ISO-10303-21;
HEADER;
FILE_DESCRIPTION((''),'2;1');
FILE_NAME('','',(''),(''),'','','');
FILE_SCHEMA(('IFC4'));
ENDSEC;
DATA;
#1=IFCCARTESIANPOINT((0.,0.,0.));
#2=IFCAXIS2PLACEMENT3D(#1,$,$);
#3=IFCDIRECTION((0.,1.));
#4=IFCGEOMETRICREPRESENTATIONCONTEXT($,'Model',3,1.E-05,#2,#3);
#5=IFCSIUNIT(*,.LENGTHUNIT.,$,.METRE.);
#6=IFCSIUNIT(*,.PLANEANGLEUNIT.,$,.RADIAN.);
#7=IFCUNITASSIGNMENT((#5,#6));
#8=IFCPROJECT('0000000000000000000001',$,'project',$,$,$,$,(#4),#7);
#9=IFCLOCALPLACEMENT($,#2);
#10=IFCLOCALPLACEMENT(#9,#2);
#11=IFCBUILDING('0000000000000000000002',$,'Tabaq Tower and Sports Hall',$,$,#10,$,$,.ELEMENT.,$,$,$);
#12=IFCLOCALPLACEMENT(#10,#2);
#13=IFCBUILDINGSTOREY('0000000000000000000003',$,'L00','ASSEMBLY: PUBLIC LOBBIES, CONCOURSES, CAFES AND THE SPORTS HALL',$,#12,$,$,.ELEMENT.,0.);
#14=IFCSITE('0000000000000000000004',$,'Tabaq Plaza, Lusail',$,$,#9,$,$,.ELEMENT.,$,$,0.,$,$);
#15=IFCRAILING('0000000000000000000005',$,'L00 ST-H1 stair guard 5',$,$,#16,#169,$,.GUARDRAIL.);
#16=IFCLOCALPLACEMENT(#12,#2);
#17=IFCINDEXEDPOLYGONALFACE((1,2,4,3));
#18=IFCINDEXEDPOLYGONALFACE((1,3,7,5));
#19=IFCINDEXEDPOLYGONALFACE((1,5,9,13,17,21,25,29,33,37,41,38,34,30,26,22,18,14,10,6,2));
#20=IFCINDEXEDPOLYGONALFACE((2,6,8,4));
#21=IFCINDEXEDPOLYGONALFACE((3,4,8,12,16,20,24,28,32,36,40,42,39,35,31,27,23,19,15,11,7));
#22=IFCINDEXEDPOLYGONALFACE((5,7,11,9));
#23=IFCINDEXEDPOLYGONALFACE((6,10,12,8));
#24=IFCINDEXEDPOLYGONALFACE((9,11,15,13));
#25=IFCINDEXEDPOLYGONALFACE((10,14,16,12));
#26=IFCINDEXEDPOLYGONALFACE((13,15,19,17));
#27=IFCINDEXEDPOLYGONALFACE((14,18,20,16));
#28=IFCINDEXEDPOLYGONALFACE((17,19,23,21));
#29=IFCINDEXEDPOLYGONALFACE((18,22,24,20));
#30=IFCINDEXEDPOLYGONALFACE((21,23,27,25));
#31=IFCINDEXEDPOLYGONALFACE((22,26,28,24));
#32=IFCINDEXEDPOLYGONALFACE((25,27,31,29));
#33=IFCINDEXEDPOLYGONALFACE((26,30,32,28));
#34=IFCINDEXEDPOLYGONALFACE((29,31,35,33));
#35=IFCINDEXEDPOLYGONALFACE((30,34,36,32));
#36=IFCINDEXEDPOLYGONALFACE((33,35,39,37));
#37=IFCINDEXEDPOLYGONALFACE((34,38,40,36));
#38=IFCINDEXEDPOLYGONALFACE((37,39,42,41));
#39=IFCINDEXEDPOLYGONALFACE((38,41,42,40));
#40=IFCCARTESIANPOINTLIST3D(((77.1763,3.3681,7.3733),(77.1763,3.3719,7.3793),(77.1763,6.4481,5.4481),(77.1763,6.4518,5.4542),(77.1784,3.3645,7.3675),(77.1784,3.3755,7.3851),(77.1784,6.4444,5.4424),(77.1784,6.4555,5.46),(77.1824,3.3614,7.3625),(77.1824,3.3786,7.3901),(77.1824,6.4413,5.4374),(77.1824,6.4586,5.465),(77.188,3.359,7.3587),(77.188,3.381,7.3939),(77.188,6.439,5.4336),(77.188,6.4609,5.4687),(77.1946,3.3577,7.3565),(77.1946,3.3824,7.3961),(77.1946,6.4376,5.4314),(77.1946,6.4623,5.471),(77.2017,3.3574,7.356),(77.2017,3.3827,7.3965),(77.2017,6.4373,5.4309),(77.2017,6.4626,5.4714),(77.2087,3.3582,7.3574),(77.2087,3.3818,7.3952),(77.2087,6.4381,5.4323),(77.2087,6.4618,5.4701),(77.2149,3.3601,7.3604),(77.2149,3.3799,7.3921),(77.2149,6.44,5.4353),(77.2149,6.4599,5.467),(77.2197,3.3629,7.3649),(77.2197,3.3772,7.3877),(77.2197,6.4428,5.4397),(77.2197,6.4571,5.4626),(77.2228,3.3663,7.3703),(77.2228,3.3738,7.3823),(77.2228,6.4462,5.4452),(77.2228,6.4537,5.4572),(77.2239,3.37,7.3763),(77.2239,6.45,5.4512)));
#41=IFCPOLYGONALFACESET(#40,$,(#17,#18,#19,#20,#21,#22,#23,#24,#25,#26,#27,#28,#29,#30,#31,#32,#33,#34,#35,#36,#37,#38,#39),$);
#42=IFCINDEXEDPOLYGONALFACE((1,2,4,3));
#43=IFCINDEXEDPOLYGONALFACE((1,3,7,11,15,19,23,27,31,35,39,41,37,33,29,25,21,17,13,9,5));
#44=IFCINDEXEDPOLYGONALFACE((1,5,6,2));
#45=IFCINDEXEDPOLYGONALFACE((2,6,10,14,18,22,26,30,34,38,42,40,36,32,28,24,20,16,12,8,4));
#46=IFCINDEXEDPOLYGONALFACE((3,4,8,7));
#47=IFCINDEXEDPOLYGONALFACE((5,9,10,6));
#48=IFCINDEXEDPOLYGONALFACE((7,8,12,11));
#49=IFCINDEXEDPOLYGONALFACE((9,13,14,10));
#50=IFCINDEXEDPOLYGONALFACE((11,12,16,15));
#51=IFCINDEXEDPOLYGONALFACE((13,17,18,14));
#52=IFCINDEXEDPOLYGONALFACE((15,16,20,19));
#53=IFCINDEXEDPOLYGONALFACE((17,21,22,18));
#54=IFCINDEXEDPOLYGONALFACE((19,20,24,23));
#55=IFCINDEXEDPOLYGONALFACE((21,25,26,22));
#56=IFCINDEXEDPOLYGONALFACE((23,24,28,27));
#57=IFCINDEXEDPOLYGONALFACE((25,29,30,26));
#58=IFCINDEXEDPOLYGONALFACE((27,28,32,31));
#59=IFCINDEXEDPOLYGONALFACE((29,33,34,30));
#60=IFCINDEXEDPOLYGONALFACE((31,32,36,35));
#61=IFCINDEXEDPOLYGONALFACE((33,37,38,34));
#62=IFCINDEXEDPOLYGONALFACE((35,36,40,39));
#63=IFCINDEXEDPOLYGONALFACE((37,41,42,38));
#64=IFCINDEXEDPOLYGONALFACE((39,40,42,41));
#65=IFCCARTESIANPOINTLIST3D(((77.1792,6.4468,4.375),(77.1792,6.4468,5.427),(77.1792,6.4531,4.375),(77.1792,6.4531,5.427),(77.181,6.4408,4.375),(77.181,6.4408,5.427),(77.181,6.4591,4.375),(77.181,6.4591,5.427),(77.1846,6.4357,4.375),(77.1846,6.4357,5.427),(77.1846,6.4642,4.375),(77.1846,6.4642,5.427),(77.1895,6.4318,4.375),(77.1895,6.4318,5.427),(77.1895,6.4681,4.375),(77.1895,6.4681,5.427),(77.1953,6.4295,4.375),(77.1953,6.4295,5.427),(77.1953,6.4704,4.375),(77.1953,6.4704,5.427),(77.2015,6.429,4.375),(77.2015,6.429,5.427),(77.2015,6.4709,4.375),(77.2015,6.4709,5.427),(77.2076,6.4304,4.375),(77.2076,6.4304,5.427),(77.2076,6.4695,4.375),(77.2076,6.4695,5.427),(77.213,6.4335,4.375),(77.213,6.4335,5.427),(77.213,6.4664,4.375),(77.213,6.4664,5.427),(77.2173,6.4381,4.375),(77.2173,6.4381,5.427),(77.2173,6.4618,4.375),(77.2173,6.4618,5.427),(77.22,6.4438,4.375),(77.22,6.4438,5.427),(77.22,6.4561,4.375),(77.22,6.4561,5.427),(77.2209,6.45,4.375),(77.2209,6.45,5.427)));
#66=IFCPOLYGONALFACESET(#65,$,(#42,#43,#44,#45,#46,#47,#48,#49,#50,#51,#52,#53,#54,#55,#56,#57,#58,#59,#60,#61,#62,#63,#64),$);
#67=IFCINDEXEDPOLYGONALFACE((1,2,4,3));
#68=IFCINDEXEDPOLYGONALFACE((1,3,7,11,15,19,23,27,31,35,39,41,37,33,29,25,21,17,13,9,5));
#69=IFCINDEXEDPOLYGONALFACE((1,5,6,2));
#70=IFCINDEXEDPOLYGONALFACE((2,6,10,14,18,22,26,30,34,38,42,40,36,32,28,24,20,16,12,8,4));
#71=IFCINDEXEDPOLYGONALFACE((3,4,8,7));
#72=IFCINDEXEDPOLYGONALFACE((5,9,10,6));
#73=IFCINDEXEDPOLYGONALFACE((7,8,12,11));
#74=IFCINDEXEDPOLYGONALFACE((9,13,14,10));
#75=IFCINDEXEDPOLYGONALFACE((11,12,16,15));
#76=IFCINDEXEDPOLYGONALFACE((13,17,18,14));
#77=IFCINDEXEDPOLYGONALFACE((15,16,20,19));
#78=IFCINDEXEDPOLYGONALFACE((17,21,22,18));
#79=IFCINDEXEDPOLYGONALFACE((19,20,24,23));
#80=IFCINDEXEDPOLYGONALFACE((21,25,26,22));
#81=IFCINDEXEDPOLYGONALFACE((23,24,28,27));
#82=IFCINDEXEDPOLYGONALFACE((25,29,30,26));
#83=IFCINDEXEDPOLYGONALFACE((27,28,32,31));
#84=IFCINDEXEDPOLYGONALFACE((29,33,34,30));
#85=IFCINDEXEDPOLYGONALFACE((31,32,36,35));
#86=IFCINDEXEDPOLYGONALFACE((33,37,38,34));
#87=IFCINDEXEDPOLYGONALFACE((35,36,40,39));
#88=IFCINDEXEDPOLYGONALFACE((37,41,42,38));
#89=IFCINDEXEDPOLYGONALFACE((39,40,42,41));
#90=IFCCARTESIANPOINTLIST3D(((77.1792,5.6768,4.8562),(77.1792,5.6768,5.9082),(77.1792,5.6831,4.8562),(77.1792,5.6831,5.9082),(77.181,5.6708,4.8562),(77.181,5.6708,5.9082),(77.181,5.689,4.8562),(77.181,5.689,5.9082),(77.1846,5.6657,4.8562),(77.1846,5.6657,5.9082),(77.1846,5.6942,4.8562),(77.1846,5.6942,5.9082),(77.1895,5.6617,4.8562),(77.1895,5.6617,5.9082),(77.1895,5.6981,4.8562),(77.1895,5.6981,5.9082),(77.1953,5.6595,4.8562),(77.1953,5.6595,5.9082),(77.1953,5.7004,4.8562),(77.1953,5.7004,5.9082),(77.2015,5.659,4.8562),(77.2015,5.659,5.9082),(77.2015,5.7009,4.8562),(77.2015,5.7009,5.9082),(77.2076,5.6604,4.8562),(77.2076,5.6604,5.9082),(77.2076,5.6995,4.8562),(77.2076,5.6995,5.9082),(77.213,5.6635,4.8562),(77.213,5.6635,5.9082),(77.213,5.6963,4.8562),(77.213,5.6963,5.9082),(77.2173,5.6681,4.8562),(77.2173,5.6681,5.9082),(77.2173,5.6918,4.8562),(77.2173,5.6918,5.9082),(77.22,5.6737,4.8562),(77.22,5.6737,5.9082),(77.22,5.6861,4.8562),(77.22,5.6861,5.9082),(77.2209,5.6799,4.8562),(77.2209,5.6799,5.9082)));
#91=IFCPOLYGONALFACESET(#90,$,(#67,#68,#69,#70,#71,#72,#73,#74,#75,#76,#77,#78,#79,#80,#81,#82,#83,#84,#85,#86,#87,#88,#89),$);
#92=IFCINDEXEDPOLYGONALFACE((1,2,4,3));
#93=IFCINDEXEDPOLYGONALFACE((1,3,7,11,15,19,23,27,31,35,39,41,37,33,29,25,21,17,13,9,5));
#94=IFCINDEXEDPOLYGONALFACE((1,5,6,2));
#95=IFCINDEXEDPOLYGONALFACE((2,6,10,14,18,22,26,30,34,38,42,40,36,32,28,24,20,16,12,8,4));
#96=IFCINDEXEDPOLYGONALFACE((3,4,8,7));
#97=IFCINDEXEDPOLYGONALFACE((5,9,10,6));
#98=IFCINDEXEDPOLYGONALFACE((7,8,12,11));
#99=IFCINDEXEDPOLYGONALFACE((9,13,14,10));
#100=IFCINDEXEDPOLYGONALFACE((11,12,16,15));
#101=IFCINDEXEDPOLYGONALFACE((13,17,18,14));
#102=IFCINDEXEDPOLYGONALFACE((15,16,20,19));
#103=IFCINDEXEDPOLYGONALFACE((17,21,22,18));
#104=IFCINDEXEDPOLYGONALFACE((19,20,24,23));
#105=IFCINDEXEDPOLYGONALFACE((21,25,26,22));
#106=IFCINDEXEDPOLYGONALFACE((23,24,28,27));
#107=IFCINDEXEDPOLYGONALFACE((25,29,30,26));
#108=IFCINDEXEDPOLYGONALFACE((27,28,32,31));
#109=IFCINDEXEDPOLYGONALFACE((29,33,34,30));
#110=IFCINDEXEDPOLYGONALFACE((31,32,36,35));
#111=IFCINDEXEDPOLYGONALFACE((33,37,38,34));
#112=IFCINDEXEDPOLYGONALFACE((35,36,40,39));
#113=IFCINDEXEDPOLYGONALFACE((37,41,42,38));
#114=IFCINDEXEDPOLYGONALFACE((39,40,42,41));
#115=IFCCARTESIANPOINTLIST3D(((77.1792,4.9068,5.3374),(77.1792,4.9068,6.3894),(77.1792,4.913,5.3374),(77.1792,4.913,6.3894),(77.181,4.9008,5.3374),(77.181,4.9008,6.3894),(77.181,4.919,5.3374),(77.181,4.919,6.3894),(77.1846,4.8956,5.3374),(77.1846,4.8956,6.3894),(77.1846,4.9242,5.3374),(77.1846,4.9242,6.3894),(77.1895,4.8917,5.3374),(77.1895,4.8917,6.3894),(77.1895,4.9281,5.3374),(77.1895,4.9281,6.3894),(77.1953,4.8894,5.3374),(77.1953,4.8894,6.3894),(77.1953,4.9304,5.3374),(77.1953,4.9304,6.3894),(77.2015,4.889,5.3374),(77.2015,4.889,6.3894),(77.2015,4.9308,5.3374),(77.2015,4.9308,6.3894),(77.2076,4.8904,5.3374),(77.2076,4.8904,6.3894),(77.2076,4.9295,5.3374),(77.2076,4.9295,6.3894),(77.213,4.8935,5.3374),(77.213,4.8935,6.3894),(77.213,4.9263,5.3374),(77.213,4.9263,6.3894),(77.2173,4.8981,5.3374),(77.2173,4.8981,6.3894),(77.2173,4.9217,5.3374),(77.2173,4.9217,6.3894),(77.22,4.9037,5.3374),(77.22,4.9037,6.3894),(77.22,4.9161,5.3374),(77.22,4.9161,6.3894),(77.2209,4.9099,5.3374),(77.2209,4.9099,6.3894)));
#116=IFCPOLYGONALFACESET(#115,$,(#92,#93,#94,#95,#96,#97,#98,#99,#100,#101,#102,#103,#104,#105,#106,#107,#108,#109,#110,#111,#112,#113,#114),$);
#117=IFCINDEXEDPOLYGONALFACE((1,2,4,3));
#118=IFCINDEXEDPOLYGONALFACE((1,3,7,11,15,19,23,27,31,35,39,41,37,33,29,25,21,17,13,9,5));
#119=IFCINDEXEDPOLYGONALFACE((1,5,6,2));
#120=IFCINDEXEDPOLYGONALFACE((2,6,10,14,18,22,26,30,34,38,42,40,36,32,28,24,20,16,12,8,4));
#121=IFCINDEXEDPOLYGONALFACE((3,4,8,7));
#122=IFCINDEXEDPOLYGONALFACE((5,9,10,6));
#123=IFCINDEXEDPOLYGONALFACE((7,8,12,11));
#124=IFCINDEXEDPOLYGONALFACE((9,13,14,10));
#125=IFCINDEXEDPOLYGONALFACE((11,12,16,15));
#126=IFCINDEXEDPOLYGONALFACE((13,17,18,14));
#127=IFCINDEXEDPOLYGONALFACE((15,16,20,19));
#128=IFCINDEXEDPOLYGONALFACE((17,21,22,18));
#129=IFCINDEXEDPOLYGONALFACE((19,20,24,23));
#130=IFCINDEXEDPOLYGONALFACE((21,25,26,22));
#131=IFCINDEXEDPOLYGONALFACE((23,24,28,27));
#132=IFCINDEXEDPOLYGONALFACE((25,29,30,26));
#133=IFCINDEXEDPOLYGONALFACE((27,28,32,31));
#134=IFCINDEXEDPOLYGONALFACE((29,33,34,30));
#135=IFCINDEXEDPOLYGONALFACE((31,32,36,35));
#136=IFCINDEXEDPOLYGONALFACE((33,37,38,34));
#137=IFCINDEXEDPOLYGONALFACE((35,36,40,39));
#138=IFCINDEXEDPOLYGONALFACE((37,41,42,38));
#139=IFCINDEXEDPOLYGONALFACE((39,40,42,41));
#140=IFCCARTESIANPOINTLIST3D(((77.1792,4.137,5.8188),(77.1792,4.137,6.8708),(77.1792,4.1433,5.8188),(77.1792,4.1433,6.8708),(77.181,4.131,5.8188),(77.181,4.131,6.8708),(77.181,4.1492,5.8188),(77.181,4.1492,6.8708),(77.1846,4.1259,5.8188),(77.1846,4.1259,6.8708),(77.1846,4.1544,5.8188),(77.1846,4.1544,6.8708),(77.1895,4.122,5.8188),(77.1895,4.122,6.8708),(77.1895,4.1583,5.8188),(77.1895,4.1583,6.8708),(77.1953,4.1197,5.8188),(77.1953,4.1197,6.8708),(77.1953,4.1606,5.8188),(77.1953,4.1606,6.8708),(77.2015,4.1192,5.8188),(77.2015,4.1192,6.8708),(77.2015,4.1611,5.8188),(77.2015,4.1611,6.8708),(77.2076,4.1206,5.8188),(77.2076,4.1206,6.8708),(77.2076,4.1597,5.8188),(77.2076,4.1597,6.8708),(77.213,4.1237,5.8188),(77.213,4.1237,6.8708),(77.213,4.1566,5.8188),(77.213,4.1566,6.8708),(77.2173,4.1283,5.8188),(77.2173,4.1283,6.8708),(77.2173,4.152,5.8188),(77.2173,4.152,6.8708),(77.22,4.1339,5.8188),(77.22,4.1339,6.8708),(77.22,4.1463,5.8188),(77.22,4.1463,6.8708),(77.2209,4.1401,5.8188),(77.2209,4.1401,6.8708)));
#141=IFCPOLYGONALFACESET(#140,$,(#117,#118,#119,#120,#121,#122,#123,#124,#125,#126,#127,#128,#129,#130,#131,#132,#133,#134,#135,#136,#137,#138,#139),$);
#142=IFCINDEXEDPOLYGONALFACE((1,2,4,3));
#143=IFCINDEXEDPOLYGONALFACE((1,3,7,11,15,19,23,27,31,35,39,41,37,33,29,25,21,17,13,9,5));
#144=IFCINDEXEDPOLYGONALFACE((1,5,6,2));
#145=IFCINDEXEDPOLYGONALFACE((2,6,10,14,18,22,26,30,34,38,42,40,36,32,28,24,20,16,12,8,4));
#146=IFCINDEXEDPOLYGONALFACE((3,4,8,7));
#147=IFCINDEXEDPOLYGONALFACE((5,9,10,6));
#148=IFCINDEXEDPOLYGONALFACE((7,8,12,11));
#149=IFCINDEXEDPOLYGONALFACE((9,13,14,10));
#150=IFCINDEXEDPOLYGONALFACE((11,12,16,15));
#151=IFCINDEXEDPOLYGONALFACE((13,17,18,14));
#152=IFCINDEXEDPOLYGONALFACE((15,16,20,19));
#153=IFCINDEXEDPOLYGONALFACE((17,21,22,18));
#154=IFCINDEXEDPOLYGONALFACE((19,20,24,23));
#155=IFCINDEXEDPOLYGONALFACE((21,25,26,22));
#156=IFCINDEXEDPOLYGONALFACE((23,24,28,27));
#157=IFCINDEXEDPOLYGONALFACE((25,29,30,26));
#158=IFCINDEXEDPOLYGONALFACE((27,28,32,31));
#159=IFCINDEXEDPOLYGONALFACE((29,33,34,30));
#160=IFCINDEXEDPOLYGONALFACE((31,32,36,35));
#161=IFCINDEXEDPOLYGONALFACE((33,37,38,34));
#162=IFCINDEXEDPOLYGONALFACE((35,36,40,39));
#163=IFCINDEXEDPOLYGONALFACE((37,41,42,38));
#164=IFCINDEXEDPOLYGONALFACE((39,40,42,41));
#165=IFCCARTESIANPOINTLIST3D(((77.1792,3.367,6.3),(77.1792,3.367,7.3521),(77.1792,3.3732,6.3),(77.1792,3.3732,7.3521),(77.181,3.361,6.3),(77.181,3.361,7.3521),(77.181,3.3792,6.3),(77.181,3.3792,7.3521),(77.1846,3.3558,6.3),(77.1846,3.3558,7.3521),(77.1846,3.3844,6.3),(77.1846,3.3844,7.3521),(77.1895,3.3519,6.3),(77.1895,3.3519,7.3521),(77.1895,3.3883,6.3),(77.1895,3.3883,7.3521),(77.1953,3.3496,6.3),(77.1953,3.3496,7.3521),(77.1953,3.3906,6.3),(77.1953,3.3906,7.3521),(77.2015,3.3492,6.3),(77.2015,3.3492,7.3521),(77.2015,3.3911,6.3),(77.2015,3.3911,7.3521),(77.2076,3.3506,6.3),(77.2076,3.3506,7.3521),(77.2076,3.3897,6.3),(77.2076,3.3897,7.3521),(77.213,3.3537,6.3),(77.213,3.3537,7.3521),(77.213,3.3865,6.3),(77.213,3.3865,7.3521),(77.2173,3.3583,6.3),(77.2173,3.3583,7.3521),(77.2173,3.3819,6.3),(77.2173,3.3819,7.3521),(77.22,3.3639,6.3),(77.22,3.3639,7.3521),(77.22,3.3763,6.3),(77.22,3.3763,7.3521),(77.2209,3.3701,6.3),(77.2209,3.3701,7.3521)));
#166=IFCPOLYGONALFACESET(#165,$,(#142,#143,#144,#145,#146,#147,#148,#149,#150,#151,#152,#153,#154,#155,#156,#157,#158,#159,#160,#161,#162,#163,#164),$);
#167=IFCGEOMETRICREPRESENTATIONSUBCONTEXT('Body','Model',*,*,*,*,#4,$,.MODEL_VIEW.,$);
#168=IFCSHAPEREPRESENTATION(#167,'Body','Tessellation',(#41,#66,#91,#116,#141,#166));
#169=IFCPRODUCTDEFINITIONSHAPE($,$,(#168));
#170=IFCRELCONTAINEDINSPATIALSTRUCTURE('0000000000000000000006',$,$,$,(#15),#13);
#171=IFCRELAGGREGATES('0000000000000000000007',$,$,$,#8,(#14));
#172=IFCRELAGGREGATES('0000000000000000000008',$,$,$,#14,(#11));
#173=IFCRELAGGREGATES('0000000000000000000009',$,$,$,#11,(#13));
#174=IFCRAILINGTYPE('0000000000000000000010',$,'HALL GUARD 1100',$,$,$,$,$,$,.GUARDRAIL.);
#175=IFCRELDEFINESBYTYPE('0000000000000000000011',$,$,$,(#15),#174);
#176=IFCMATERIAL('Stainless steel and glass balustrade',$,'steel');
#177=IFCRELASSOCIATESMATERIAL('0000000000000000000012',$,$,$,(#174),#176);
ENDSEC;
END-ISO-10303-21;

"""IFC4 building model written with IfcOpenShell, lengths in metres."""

from ifc_helpers import new_model, si_unit, direction, frame, origin, origin_2d, place, context, subcontext, project, spatial, circle, extrude, material, type_object, element, save


model = new_model("IFC4")

# Units and contexts
model_context = context("Model", 3, precision=1e-05, world=origin(), true_north=direction((0.0, 1.0)))
body_context = subcontext(model_context, "Body", "Model", "MODEL_VIEW")
ifc_project = project(units=[si_unit("LENGTHUNIT", "METRE"), si_unit("PLANEANGLEUNIT", "RADIAN")], contexts=[model_context])

# Site, building, storey
site_placement = place(None, origin())
site = spatial("IfcSite", under=ifc_project, at=site_placement, Name="Tabaq Plaza, Lusail", CompositionType="ELEMENT", RefElevation=0.0)
building_placement = place(site_placement, origin())
building = spatial("IfcBuilding", under=site, at=building_placement, Name="Tabaq Tower and Sports Hall", CompositionType="ELEMENT")
storey_placement = place(building_placement, origin())
storey = spatial("IfcBuildingStorey", under=building, at=storey_placement, Name="L00", Description="ASSEMBLY: PUBLIC LOBBIES, CONCOURSES, CAFES AND THE SPORTS HALL", CompositionType="ELEMENT", Elevation=0.0)

# Railing
ifc_material_1 = material(Name="Stainless steel and glass balustrade", Category="steel")
railing_type_1 = type_object("IfcRailingType", Name="HALL GUARD 1100", PredefinedType="GUARDRAIL", material=ifc_material_1)
railing_1_placement = place(storey_placement, frame((77.2, 6.45, 4.375)))
element("IfcRailing", 1, at=railing_1_placement, inside=storey, type_object=railing_type_1, Name="L00 ST-H1 stair guard 5", PredefinedType="GUARDRAIL", context=body_context, shape_type="SweptSolid", body=[
    extrude(circle(Radius=0.0239, at=origin_2d()), frame((0.0, 0.0, 1.0762), z_axis=(0.0, -0.847979, 0.530029), x_axis=(1.0, 0.0, 0.0)), (0.0, 0.0, 1.0), 3.6321),
    extrude(circle(Radius=0.021, at=origin_2d()), origin(), (0.0, 0.0, 1.0), 1.052),
    extrude(circle(Radius=0.021, at=origin_2d()), frame((0.0, -0.77, 0.4812)), (0.0, 0.0, 1.0), 1.052),
    extrude(circle(Radius=0.021, at=origin_2d()), frame((0.0, -1.54, 0.9624)), (0.0, 0.0, 1.0), 1.052),
    extrude(circle(Radius=0.021, at=origin_2d()), frame((0.0, -2.3098, 1.4438)), (0.0, 0.0, 1.0), 1.052),
    extrude(circle(Radius=0.021, at=origin_2d()), frame((0.0, -3.0798, 1.925)), (0.0, 0.0, 1.0), 1.052),
])

save(model, "model.ifc")
